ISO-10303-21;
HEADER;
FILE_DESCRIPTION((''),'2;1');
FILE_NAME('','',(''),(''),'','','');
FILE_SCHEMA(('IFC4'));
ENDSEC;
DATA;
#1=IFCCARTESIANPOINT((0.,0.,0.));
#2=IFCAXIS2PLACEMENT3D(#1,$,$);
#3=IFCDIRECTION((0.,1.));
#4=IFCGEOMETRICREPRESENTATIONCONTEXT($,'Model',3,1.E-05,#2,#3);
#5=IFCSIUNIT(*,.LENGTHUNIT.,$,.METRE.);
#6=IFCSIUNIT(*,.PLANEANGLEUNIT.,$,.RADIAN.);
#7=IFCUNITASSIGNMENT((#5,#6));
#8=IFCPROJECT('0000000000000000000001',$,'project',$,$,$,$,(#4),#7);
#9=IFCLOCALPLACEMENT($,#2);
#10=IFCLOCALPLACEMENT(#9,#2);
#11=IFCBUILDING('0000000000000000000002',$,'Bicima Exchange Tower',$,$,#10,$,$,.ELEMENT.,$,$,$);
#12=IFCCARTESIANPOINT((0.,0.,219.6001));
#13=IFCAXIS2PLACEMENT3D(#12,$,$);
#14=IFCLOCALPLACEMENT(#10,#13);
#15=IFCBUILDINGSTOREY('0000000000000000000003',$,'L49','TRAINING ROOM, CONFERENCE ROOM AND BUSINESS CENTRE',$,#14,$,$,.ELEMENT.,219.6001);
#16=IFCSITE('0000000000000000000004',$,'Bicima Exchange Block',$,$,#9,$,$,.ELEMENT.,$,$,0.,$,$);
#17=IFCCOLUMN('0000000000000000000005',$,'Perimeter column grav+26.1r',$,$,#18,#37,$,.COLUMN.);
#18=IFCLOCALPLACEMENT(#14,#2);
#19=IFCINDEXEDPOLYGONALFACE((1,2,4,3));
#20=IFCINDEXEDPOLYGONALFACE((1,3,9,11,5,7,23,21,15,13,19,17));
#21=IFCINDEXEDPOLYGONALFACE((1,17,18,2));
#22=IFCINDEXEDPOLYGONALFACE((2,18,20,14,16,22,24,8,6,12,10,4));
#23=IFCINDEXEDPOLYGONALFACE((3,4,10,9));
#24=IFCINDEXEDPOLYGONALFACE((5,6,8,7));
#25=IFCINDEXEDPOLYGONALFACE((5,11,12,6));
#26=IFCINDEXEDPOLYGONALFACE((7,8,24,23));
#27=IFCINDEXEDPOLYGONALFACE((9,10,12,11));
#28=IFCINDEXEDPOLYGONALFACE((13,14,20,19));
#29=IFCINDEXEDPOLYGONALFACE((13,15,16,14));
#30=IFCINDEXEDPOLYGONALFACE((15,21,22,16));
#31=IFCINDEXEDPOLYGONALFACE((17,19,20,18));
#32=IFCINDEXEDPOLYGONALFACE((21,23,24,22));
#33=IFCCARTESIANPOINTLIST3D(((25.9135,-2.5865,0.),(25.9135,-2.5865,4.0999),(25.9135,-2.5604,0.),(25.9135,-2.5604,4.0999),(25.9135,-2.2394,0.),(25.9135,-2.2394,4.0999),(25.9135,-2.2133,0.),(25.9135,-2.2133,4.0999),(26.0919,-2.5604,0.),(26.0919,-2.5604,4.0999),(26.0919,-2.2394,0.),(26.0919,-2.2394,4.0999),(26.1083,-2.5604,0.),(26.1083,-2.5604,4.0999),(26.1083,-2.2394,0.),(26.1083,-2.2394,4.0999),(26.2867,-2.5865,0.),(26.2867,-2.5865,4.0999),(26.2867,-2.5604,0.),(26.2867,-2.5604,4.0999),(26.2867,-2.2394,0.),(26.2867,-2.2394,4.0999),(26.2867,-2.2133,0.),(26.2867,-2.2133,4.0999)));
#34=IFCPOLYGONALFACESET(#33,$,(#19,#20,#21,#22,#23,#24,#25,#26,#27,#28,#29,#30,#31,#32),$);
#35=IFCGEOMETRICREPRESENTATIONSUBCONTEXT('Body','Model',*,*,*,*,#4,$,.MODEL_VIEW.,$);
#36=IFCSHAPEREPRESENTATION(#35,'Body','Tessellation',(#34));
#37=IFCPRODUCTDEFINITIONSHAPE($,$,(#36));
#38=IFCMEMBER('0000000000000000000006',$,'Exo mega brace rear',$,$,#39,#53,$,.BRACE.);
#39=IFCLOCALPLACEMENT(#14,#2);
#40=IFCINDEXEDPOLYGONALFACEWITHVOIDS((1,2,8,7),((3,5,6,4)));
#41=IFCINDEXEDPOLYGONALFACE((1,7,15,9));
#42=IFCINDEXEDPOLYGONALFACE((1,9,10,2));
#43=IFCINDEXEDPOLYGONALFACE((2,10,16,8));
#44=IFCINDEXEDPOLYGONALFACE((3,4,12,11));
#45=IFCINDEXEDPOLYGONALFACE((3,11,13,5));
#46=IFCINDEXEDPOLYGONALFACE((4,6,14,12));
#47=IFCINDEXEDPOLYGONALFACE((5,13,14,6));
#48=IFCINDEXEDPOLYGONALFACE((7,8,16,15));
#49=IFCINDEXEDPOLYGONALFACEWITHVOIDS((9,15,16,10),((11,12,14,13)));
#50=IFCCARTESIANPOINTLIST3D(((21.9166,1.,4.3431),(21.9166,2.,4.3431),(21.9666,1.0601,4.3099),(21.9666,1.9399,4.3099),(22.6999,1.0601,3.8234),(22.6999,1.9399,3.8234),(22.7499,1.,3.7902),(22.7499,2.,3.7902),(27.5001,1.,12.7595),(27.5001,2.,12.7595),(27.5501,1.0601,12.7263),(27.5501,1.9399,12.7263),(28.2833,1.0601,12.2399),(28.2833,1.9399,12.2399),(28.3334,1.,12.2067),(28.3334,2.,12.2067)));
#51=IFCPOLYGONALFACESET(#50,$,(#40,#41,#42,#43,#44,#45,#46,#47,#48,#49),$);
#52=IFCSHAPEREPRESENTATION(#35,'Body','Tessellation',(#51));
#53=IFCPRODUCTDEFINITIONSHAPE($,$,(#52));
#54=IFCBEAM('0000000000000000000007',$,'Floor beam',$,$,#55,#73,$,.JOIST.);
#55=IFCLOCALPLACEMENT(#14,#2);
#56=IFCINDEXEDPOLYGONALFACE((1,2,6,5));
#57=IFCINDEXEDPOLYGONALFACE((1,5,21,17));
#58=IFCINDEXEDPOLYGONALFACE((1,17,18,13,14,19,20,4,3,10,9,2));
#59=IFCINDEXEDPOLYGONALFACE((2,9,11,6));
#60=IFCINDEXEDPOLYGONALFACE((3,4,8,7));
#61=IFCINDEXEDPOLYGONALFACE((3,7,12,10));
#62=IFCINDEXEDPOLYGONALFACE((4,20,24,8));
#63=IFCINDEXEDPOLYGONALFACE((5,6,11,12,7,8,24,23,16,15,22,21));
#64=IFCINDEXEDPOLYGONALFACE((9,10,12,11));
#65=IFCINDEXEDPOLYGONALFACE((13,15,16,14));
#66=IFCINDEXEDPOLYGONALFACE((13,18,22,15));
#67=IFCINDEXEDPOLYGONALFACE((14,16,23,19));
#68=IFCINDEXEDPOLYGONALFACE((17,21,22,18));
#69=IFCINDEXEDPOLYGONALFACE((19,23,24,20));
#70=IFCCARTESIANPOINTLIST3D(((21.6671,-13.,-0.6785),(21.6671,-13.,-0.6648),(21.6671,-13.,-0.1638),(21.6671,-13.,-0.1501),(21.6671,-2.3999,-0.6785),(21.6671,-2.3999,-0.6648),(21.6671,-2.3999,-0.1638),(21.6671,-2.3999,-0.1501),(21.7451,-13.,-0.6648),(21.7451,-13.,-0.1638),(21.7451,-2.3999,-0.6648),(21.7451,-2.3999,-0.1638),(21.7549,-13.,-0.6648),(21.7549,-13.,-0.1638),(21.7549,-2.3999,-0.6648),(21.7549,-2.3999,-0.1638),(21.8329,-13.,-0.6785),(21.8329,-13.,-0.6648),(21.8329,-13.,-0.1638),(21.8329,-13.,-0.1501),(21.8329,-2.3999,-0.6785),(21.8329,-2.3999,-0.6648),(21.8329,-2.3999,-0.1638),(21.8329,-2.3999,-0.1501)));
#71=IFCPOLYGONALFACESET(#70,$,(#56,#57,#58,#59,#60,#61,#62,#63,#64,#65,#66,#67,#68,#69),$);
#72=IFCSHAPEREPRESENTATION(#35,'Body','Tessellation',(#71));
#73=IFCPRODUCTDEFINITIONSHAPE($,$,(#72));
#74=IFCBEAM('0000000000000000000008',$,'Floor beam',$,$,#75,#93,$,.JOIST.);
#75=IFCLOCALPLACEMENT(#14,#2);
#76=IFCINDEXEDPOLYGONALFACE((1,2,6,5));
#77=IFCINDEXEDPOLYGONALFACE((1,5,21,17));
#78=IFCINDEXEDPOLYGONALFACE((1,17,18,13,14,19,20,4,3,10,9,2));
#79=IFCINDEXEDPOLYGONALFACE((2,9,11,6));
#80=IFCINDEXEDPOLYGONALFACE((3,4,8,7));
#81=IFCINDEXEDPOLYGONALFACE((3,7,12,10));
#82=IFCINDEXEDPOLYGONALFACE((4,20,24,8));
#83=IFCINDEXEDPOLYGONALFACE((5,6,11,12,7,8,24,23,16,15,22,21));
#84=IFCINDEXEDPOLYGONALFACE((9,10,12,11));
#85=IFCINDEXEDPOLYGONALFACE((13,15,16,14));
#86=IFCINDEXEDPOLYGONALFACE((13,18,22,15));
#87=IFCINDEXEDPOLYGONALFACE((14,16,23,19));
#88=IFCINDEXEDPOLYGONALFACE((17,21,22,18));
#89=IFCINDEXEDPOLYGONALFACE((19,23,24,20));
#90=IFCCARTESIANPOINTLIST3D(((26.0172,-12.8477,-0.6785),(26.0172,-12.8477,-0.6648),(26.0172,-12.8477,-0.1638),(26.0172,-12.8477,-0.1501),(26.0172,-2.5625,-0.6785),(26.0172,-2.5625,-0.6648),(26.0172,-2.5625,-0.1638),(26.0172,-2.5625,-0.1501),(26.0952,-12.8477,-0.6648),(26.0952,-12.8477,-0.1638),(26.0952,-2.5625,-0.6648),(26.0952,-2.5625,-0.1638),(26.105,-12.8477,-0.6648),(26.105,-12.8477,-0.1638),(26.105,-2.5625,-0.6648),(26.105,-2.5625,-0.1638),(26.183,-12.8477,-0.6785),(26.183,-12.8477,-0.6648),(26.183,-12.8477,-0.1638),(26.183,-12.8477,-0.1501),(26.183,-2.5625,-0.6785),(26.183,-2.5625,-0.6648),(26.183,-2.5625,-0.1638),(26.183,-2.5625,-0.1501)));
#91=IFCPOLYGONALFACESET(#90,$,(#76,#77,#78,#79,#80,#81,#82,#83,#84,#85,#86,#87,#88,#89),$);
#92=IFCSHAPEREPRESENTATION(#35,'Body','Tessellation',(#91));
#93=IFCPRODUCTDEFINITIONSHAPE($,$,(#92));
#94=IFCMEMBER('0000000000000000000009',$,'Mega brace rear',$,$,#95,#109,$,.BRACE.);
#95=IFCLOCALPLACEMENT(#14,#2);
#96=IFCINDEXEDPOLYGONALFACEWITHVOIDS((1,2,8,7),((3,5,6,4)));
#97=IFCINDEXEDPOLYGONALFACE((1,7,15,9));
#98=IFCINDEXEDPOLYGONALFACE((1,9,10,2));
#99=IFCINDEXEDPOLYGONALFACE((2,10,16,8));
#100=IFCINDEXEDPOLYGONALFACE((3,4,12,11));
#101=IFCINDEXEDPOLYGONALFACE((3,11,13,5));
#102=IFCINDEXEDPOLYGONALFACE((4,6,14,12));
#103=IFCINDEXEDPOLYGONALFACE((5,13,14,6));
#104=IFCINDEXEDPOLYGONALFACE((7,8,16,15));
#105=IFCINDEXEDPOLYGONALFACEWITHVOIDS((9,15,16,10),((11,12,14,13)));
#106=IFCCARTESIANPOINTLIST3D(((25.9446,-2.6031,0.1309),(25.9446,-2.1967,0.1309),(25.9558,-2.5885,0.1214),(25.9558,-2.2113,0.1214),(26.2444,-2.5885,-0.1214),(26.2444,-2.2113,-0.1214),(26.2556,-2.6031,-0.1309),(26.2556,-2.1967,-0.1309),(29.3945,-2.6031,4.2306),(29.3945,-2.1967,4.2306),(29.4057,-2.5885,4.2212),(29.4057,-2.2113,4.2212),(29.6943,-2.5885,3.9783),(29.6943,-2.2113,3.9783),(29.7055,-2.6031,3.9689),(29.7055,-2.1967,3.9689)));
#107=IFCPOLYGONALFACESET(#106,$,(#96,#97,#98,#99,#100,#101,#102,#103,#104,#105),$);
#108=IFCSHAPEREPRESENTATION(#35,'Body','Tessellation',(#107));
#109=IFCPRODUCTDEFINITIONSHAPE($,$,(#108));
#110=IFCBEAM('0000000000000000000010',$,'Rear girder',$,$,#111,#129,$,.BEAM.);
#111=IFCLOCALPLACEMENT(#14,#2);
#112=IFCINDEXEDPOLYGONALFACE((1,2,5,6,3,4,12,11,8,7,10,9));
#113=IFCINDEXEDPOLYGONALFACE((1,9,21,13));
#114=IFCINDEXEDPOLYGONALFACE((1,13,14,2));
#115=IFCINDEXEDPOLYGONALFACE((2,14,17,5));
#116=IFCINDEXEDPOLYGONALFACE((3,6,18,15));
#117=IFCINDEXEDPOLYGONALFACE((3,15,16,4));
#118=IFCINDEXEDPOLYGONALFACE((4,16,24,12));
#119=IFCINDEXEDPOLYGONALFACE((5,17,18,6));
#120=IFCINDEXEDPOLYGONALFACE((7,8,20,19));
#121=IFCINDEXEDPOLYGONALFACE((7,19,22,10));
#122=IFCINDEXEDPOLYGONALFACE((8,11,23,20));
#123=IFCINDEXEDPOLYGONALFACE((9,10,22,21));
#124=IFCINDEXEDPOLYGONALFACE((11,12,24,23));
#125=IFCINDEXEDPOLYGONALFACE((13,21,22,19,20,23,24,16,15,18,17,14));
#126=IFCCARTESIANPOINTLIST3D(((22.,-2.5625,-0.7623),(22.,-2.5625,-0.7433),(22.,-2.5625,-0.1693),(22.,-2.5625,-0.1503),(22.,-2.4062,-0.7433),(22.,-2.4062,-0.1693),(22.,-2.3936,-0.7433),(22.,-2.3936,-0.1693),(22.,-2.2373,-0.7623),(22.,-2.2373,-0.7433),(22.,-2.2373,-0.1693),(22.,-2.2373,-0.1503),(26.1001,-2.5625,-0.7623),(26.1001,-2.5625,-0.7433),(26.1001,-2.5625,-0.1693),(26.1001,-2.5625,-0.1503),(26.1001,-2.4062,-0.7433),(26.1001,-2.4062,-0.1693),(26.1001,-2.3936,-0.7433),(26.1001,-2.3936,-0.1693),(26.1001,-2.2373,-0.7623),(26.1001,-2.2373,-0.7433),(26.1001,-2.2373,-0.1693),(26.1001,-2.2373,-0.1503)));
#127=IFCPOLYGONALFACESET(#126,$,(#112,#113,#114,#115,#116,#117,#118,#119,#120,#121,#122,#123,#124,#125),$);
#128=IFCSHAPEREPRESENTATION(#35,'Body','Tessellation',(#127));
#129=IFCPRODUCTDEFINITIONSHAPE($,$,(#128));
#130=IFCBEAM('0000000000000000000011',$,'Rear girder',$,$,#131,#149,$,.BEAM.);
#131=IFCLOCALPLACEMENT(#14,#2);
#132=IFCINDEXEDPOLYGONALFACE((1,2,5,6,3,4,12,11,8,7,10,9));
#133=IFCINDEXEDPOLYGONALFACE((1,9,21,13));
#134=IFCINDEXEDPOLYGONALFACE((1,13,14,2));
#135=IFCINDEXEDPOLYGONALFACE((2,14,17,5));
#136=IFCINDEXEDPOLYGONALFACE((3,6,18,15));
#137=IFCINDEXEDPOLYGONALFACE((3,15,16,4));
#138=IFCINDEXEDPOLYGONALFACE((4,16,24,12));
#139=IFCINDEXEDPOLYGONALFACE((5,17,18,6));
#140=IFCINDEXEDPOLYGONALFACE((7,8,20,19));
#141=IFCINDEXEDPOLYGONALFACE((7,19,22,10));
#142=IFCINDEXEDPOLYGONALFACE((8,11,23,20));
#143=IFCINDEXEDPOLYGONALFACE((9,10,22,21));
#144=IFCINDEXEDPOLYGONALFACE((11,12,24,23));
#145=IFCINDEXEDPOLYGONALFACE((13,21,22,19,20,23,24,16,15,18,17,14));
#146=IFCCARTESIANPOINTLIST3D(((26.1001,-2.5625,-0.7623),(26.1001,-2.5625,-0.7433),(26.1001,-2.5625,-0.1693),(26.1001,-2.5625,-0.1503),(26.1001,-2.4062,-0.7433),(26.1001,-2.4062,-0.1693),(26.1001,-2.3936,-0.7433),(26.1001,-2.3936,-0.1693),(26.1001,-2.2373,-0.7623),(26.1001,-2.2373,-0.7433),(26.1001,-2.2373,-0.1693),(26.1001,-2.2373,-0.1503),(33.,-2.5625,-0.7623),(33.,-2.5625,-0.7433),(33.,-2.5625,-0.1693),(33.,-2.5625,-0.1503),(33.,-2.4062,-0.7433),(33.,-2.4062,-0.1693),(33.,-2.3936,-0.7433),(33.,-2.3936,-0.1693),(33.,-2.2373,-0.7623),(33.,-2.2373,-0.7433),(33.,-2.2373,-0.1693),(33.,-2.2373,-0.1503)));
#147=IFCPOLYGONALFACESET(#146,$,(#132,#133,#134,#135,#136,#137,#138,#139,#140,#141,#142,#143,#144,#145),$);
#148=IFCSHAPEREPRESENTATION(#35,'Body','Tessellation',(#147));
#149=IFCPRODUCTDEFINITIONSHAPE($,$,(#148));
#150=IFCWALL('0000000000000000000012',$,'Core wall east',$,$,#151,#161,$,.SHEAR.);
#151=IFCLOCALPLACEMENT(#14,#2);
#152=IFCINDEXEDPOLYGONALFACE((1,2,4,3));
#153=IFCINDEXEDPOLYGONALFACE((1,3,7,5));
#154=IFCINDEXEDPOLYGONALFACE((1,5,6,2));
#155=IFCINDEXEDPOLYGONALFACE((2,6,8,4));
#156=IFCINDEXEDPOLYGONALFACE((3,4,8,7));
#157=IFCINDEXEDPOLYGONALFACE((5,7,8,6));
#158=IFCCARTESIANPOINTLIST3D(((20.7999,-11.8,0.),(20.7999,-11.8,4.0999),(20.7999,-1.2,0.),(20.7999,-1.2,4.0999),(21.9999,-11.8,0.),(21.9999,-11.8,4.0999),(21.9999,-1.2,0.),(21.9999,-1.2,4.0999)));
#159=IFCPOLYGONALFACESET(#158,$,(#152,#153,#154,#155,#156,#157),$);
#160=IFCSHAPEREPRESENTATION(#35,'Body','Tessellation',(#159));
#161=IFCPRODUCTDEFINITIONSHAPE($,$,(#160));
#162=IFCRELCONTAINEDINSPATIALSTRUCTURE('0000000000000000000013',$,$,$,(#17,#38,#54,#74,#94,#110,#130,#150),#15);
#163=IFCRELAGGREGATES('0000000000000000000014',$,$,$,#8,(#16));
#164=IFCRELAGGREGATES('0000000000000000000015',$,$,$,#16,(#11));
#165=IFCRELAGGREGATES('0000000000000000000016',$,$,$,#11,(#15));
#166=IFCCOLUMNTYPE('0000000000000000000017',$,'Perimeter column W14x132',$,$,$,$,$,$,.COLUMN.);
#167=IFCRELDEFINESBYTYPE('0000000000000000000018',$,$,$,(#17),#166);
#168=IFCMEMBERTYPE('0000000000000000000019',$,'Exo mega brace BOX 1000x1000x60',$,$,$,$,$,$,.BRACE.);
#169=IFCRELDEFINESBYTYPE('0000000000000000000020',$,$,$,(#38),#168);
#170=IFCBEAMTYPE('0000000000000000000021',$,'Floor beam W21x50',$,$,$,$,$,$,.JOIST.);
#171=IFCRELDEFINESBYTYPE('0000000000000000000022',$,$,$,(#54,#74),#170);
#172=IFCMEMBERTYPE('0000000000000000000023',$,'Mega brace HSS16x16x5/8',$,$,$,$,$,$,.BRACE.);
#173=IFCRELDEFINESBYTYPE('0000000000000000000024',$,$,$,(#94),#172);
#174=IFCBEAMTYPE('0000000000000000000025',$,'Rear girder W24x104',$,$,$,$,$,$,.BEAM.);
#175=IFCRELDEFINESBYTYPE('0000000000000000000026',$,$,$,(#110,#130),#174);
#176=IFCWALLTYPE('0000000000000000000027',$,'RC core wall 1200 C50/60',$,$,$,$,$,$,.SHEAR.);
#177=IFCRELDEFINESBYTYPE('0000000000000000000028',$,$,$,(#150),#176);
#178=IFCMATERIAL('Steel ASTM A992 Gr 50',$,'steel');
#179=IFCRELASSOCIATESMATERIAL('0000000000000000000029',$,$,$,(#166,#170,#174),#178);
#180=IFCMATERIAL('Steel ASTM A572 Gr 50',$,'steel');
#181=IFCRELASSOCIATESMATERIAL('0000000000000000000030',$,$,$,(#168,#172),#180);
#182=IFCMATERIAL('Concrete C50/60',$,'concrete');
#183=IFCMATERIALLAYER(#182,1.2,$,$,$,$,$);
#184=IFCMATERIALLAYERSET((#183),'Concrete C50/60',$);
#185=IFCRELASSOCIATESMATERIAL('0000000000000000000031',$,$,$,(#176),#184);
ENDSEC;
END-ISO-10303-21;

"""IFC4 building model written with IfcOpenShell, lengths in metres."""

from ifc_helpers import new_model, si_unit, direction, frame, frame_2d, origin, origin_2d, place, context, subcontext, project, spatial, rectangle, hollow_rectangle, i_section, extrude, material, layer, layer_set, material_profile, profile_set, type_object, element, save


model = new_model("IFC4")

# Units and contexts
model_context = context("Model", 3, precision=1e-05, world=origin(), true_north=direction((0.0, 1.0)))
body_context = subcontext(model_context, "Body", "Model", "MODEL_VIEW")
ifc_project = project(units=[si_unit("LENGTHUNIT", "METRE"), si_unit("PLANEANGLEUNIT", "RADIAN")], contexts=[model_context])

# Site, building, storey
site_placement = place(None, origin())
site = spatial("IfcSite", under=ifc_project, at=site_placement, Name="Bicima Exchange Block", CompositionType="ELEMENT", RefElevation=0.0)
building_placement = place(site_placement, origin())
building = spatial("IfcBuilding", under=site, at=building_placement, Name="Bicima Exchange Tower", CompositionType="ELEMENT")
storey_placement = place(building_placement, frame((0.0, 0.0, 219.6001)))
storey = spatial("IfcBuildingStorey", under=building, at=storey_placement, Name="L49", Description="TRAINING ROOM, CONFERENCE ROOM AND BUSINESS CENTRE", CompositionType="ELEMENT", Elevation=219.6001)

# Column
ifc_material_1 = material(Name="Steel ASTM A992 Gr 50", Category="steel")
ifc_material_profile_1 = material_profile(ifc_material_1, i_section(OverallWidth=0.3733, OverallDepth=0.3733, WebThickness=0.0164, FlangeThickness=0.0261, at=origin_2d()))
ifc_profile_set_1 = profile_set([ifc_material_profile_1], Name="Steel ASTM A992 Gr 50")
column_type = type_object("IfcColumnType", Name="Perimeter column W14x132", PredefinedType="COLUMN", material=ifc_profile_set_1)
column_placement = place(storey_placement, frame((26.1001, -2.3999, 0.0), z_axis=(0.0, 0.0, 1.0), x_axis=(1.0, 0.0, 0.0)))
element("IfcColumn", 1, at=column_placement, inside=storey, type_object=column_type, Name="Perimeter column grav+26.1r", PredefinedType="COLUMN", context=body_context, shape_type="SweptSolid", body=[
    extrude(i_section(OverallWidth=0.3733, OverallDepth=0.3733, WebThickness=0.0164, FlangeThickness=0.0261, at=origin_2d()), origin(), (0.0, 0.0, 1.0), 4.0999),
])

# Member
ifc_material_2 = material(Name="Steel ASTM A572 Gr 50", Category="steel")
ifc_material_profile_2 = material_profile(ifc_material_2, hollow_rectangle(XDim=1.0, YDim=1.0, WallThickness=0.0601, at=origin_2d()))
ifc_profile_set_2 = profile_set([ifc_material_profile_2], Name="Steel ASTM A572 Gr 50")
member_type_1 = type_object("IfcMemberType", Name="Exo mega brace BOX 1000x1000x60", PredefinedType="BRACE", material=ifc_profile_set_2)
member_1_placement = place(storey_placement, frame((22.3333, 1.5, 4.0667), z_axis=(0.552813, 0.0, 0.833305), x_axis=(0.0, 1.0, 0.0)))
element("IfcMember", 2, at=member_1_placement, inside=storey, type_object=member_type_1, Name="Exo mega brace rear", PredefinedType="BRACE", context=body_context, shape_type="SweptSolid", body=[
    extrude(hollow_rectangle(XDim=1.0, YDim=1.0, WallThickness=0.0601, at=origin_2d()), origin(), (0.0, 0.0, 1.0), 10.1001),
])

# Beams
ifc_material_profile_3 = material_profile(ifc_material_1, i_section(OverallWidth=0.1658, OverallDepth=0.5283, WebThickness=0.0098, FlangeThickness=0.0137, at=origin_2d()))
ifc_profile_set_3 = profile_set([ifc_material_profile_3], Name="Steel ASTM A992 Gr 50")
beam_type_1 = type_object("IfcBeamType", Name="Floor beam W21x50", PredefinedType="JOIST", material=ifc_profile_set_3)
beam_1_placement = place(storey_placement, frame((21.75, -2.3999, -0.4143), z_axis=(0.0, -1.0, 0.0), x_axis=(1.0, 0.0, 0.0)))
element("IfcBeam", 3, at=beam_1_placement, inside=storey, type_object=beam_type_1, Name="Floor beam", PredefinedType="JOIST", context=body_context, shape_type="SweptSolid", body=[
    extrude(i_section(OverallWidth=0.1658, OverallDepth=0.5283, WebThickness=0.0098, FlangeThickness=0.0137, at=origin_2d()), origin(), (0.0, 0.0, 1.0), 10.6001),
])
beam_2_placement = place(storey_placement, frame((26.1001, -2.5625, -0.4143), z_axis=(0.0, -1.0, 0.0), x_axis=(1.0, 0.0, 0.0)))
element("IfcBeam", 4, at=beam_2_placement, inside=storey, type_object=beam_type_1, Name="Floor beam", PredefinedType="JOIST", context=body_context, shape_type="SweptSolid", body=[
    extrude(i_section(OverallWidth=0.1658, OverallDepth=0.5283, WebThickness=0.0098, FlangeThickness=0.0137, at=origin_2d()), origin(), (0.0, 0.0, 1.0), 10.2852),
])

# Member
ifc_material_profile_4 = material_profile(ifc_material_2, hollow_rectangle(XDim=0.4065, YDim=0.4065, WallThickness=0.0146, at=origin_2d()))
ifc_profile_set_4 = profile_set([ifc_material_profile_4], Name="Steel ASTM A572 Gr 50")
member_type_2 = type_object("IfcMemberType", Name="Mega brace HSS16x16x5/8", PredefinedType="BRACE", material=ifc_profile_set_4)
member_2_placement = place(storey_placement, frame((26.1001, -2.3999, 0.0), z_axis=(0.643856, 0.0, 0.765146), x_axis=(0.0, 1.0, 0.0)))
element("IfcMember", 5, at=member_2_placement, inside=storey, type_object=member_type_2, Name="Mega brace rear", PredefinedType="BRACE", context=body_context, shape_type="SweptSolid", body=[
    extrude(hollow_rectangle(XDim=0.4065, YDim=0.4065, WallThickness=0.0146, at=origin_2d()), origin(), (0.0, 0.0, 1.0), 5.3582),
])

# Beams
ifc_material_profile_5 = material_profile(ifc_material_1, i_section(OverallWidth=0.3252, OverallDepth=0.6121, WebThickness=0.0127, FlangeThickness=0.019, at=origin_2d()))
ifc_profile_set_5 = profile_set([ifc_material_profile_5], Name="Steel ASTM A992 Gr 50")
beam_type_2 = type_object("IfcBeamType", Name="Rear girder W24x104", PredefinedType="BEAM", material=ifc_profile_set_5)
beam_3_placement = place(storey_placement, frame((22.0, -2.3999, -0.4563), z_axis=(1.0, 0.0, 0.0), x_axis=(0.0, 1.0, 0.0)))
element("IfcBeam", 6, at=beam_3_placement, inside=storey, type_object=beam_type_2, Name="Rear girder", PredefinedType="BEAM", context=body_context, shape_type="SweptSolid", body=[
    extrude(i_section(OverallWidth=0.3252, OverallDepth=0.6121, WebThickness=0.0127, FlangeThickness=0.019, at=origin_2d()), origin(), (0.0, 0.0, 1.0), 4.1001),
])
beam_4_placement = place(storey_placement, frame((26.1001, -2.3999, -0.4563), z_axis=(1.0, 0.0, 0.0), x_axis=(0.0, 1.0, 0.0)))
element("IfcBeam", 7, at=beam_4_placement, inside=storey, type_object=beam_type_2, Name="Rear girder", PredefinedType="BEAM", context=body_context, shape_type="SweptSolid", body=[
    extrude(i_section(OverallWidth=0.3252, OverallDepth=0.6121, WebThickness=0.0127, FlangeThickness=0.019, at=origin_2d()), origin(), (0.0, 0.0, 1.0), 6.8999),
])

# Wall
ifc_material_3 = material(Name="Concrete C50/60", Category="concrete")
ifc_layer_1 = layer(ifc_material_3, 1.2)
ifc_layer_set_1 = layer_set([ifc_layer_1], Name="Concrete C50/60")
wall_type_1 = type_object("IfcWallType", Name="RC core wall 1200 C50/60", PredefinedType="SHEAR", material=ifc_layer_set_1)
wall_1_placement = place(storey_placement, frame((21.3999, -11.8, 0.0), z_axis=(0.0, 0.0, 1.0), x_axis=(0.0, 1.0, 0.0)))
element("IfcWall", 8, at=wall_1_placement, inside=storey, type_object=wall_type_1, Name="Core wall east", PredefinedType="SHEAR", context=body_context, shape_type="SweptSolid", body=[
    extrude(rectangle(XDim=10.6001, YDim=1.2, at=frame_2d((5.3, 0.0))), origin(), (0.0, 0.0, 1.0), 4.0999),
])

save(model, "model.ifc")
